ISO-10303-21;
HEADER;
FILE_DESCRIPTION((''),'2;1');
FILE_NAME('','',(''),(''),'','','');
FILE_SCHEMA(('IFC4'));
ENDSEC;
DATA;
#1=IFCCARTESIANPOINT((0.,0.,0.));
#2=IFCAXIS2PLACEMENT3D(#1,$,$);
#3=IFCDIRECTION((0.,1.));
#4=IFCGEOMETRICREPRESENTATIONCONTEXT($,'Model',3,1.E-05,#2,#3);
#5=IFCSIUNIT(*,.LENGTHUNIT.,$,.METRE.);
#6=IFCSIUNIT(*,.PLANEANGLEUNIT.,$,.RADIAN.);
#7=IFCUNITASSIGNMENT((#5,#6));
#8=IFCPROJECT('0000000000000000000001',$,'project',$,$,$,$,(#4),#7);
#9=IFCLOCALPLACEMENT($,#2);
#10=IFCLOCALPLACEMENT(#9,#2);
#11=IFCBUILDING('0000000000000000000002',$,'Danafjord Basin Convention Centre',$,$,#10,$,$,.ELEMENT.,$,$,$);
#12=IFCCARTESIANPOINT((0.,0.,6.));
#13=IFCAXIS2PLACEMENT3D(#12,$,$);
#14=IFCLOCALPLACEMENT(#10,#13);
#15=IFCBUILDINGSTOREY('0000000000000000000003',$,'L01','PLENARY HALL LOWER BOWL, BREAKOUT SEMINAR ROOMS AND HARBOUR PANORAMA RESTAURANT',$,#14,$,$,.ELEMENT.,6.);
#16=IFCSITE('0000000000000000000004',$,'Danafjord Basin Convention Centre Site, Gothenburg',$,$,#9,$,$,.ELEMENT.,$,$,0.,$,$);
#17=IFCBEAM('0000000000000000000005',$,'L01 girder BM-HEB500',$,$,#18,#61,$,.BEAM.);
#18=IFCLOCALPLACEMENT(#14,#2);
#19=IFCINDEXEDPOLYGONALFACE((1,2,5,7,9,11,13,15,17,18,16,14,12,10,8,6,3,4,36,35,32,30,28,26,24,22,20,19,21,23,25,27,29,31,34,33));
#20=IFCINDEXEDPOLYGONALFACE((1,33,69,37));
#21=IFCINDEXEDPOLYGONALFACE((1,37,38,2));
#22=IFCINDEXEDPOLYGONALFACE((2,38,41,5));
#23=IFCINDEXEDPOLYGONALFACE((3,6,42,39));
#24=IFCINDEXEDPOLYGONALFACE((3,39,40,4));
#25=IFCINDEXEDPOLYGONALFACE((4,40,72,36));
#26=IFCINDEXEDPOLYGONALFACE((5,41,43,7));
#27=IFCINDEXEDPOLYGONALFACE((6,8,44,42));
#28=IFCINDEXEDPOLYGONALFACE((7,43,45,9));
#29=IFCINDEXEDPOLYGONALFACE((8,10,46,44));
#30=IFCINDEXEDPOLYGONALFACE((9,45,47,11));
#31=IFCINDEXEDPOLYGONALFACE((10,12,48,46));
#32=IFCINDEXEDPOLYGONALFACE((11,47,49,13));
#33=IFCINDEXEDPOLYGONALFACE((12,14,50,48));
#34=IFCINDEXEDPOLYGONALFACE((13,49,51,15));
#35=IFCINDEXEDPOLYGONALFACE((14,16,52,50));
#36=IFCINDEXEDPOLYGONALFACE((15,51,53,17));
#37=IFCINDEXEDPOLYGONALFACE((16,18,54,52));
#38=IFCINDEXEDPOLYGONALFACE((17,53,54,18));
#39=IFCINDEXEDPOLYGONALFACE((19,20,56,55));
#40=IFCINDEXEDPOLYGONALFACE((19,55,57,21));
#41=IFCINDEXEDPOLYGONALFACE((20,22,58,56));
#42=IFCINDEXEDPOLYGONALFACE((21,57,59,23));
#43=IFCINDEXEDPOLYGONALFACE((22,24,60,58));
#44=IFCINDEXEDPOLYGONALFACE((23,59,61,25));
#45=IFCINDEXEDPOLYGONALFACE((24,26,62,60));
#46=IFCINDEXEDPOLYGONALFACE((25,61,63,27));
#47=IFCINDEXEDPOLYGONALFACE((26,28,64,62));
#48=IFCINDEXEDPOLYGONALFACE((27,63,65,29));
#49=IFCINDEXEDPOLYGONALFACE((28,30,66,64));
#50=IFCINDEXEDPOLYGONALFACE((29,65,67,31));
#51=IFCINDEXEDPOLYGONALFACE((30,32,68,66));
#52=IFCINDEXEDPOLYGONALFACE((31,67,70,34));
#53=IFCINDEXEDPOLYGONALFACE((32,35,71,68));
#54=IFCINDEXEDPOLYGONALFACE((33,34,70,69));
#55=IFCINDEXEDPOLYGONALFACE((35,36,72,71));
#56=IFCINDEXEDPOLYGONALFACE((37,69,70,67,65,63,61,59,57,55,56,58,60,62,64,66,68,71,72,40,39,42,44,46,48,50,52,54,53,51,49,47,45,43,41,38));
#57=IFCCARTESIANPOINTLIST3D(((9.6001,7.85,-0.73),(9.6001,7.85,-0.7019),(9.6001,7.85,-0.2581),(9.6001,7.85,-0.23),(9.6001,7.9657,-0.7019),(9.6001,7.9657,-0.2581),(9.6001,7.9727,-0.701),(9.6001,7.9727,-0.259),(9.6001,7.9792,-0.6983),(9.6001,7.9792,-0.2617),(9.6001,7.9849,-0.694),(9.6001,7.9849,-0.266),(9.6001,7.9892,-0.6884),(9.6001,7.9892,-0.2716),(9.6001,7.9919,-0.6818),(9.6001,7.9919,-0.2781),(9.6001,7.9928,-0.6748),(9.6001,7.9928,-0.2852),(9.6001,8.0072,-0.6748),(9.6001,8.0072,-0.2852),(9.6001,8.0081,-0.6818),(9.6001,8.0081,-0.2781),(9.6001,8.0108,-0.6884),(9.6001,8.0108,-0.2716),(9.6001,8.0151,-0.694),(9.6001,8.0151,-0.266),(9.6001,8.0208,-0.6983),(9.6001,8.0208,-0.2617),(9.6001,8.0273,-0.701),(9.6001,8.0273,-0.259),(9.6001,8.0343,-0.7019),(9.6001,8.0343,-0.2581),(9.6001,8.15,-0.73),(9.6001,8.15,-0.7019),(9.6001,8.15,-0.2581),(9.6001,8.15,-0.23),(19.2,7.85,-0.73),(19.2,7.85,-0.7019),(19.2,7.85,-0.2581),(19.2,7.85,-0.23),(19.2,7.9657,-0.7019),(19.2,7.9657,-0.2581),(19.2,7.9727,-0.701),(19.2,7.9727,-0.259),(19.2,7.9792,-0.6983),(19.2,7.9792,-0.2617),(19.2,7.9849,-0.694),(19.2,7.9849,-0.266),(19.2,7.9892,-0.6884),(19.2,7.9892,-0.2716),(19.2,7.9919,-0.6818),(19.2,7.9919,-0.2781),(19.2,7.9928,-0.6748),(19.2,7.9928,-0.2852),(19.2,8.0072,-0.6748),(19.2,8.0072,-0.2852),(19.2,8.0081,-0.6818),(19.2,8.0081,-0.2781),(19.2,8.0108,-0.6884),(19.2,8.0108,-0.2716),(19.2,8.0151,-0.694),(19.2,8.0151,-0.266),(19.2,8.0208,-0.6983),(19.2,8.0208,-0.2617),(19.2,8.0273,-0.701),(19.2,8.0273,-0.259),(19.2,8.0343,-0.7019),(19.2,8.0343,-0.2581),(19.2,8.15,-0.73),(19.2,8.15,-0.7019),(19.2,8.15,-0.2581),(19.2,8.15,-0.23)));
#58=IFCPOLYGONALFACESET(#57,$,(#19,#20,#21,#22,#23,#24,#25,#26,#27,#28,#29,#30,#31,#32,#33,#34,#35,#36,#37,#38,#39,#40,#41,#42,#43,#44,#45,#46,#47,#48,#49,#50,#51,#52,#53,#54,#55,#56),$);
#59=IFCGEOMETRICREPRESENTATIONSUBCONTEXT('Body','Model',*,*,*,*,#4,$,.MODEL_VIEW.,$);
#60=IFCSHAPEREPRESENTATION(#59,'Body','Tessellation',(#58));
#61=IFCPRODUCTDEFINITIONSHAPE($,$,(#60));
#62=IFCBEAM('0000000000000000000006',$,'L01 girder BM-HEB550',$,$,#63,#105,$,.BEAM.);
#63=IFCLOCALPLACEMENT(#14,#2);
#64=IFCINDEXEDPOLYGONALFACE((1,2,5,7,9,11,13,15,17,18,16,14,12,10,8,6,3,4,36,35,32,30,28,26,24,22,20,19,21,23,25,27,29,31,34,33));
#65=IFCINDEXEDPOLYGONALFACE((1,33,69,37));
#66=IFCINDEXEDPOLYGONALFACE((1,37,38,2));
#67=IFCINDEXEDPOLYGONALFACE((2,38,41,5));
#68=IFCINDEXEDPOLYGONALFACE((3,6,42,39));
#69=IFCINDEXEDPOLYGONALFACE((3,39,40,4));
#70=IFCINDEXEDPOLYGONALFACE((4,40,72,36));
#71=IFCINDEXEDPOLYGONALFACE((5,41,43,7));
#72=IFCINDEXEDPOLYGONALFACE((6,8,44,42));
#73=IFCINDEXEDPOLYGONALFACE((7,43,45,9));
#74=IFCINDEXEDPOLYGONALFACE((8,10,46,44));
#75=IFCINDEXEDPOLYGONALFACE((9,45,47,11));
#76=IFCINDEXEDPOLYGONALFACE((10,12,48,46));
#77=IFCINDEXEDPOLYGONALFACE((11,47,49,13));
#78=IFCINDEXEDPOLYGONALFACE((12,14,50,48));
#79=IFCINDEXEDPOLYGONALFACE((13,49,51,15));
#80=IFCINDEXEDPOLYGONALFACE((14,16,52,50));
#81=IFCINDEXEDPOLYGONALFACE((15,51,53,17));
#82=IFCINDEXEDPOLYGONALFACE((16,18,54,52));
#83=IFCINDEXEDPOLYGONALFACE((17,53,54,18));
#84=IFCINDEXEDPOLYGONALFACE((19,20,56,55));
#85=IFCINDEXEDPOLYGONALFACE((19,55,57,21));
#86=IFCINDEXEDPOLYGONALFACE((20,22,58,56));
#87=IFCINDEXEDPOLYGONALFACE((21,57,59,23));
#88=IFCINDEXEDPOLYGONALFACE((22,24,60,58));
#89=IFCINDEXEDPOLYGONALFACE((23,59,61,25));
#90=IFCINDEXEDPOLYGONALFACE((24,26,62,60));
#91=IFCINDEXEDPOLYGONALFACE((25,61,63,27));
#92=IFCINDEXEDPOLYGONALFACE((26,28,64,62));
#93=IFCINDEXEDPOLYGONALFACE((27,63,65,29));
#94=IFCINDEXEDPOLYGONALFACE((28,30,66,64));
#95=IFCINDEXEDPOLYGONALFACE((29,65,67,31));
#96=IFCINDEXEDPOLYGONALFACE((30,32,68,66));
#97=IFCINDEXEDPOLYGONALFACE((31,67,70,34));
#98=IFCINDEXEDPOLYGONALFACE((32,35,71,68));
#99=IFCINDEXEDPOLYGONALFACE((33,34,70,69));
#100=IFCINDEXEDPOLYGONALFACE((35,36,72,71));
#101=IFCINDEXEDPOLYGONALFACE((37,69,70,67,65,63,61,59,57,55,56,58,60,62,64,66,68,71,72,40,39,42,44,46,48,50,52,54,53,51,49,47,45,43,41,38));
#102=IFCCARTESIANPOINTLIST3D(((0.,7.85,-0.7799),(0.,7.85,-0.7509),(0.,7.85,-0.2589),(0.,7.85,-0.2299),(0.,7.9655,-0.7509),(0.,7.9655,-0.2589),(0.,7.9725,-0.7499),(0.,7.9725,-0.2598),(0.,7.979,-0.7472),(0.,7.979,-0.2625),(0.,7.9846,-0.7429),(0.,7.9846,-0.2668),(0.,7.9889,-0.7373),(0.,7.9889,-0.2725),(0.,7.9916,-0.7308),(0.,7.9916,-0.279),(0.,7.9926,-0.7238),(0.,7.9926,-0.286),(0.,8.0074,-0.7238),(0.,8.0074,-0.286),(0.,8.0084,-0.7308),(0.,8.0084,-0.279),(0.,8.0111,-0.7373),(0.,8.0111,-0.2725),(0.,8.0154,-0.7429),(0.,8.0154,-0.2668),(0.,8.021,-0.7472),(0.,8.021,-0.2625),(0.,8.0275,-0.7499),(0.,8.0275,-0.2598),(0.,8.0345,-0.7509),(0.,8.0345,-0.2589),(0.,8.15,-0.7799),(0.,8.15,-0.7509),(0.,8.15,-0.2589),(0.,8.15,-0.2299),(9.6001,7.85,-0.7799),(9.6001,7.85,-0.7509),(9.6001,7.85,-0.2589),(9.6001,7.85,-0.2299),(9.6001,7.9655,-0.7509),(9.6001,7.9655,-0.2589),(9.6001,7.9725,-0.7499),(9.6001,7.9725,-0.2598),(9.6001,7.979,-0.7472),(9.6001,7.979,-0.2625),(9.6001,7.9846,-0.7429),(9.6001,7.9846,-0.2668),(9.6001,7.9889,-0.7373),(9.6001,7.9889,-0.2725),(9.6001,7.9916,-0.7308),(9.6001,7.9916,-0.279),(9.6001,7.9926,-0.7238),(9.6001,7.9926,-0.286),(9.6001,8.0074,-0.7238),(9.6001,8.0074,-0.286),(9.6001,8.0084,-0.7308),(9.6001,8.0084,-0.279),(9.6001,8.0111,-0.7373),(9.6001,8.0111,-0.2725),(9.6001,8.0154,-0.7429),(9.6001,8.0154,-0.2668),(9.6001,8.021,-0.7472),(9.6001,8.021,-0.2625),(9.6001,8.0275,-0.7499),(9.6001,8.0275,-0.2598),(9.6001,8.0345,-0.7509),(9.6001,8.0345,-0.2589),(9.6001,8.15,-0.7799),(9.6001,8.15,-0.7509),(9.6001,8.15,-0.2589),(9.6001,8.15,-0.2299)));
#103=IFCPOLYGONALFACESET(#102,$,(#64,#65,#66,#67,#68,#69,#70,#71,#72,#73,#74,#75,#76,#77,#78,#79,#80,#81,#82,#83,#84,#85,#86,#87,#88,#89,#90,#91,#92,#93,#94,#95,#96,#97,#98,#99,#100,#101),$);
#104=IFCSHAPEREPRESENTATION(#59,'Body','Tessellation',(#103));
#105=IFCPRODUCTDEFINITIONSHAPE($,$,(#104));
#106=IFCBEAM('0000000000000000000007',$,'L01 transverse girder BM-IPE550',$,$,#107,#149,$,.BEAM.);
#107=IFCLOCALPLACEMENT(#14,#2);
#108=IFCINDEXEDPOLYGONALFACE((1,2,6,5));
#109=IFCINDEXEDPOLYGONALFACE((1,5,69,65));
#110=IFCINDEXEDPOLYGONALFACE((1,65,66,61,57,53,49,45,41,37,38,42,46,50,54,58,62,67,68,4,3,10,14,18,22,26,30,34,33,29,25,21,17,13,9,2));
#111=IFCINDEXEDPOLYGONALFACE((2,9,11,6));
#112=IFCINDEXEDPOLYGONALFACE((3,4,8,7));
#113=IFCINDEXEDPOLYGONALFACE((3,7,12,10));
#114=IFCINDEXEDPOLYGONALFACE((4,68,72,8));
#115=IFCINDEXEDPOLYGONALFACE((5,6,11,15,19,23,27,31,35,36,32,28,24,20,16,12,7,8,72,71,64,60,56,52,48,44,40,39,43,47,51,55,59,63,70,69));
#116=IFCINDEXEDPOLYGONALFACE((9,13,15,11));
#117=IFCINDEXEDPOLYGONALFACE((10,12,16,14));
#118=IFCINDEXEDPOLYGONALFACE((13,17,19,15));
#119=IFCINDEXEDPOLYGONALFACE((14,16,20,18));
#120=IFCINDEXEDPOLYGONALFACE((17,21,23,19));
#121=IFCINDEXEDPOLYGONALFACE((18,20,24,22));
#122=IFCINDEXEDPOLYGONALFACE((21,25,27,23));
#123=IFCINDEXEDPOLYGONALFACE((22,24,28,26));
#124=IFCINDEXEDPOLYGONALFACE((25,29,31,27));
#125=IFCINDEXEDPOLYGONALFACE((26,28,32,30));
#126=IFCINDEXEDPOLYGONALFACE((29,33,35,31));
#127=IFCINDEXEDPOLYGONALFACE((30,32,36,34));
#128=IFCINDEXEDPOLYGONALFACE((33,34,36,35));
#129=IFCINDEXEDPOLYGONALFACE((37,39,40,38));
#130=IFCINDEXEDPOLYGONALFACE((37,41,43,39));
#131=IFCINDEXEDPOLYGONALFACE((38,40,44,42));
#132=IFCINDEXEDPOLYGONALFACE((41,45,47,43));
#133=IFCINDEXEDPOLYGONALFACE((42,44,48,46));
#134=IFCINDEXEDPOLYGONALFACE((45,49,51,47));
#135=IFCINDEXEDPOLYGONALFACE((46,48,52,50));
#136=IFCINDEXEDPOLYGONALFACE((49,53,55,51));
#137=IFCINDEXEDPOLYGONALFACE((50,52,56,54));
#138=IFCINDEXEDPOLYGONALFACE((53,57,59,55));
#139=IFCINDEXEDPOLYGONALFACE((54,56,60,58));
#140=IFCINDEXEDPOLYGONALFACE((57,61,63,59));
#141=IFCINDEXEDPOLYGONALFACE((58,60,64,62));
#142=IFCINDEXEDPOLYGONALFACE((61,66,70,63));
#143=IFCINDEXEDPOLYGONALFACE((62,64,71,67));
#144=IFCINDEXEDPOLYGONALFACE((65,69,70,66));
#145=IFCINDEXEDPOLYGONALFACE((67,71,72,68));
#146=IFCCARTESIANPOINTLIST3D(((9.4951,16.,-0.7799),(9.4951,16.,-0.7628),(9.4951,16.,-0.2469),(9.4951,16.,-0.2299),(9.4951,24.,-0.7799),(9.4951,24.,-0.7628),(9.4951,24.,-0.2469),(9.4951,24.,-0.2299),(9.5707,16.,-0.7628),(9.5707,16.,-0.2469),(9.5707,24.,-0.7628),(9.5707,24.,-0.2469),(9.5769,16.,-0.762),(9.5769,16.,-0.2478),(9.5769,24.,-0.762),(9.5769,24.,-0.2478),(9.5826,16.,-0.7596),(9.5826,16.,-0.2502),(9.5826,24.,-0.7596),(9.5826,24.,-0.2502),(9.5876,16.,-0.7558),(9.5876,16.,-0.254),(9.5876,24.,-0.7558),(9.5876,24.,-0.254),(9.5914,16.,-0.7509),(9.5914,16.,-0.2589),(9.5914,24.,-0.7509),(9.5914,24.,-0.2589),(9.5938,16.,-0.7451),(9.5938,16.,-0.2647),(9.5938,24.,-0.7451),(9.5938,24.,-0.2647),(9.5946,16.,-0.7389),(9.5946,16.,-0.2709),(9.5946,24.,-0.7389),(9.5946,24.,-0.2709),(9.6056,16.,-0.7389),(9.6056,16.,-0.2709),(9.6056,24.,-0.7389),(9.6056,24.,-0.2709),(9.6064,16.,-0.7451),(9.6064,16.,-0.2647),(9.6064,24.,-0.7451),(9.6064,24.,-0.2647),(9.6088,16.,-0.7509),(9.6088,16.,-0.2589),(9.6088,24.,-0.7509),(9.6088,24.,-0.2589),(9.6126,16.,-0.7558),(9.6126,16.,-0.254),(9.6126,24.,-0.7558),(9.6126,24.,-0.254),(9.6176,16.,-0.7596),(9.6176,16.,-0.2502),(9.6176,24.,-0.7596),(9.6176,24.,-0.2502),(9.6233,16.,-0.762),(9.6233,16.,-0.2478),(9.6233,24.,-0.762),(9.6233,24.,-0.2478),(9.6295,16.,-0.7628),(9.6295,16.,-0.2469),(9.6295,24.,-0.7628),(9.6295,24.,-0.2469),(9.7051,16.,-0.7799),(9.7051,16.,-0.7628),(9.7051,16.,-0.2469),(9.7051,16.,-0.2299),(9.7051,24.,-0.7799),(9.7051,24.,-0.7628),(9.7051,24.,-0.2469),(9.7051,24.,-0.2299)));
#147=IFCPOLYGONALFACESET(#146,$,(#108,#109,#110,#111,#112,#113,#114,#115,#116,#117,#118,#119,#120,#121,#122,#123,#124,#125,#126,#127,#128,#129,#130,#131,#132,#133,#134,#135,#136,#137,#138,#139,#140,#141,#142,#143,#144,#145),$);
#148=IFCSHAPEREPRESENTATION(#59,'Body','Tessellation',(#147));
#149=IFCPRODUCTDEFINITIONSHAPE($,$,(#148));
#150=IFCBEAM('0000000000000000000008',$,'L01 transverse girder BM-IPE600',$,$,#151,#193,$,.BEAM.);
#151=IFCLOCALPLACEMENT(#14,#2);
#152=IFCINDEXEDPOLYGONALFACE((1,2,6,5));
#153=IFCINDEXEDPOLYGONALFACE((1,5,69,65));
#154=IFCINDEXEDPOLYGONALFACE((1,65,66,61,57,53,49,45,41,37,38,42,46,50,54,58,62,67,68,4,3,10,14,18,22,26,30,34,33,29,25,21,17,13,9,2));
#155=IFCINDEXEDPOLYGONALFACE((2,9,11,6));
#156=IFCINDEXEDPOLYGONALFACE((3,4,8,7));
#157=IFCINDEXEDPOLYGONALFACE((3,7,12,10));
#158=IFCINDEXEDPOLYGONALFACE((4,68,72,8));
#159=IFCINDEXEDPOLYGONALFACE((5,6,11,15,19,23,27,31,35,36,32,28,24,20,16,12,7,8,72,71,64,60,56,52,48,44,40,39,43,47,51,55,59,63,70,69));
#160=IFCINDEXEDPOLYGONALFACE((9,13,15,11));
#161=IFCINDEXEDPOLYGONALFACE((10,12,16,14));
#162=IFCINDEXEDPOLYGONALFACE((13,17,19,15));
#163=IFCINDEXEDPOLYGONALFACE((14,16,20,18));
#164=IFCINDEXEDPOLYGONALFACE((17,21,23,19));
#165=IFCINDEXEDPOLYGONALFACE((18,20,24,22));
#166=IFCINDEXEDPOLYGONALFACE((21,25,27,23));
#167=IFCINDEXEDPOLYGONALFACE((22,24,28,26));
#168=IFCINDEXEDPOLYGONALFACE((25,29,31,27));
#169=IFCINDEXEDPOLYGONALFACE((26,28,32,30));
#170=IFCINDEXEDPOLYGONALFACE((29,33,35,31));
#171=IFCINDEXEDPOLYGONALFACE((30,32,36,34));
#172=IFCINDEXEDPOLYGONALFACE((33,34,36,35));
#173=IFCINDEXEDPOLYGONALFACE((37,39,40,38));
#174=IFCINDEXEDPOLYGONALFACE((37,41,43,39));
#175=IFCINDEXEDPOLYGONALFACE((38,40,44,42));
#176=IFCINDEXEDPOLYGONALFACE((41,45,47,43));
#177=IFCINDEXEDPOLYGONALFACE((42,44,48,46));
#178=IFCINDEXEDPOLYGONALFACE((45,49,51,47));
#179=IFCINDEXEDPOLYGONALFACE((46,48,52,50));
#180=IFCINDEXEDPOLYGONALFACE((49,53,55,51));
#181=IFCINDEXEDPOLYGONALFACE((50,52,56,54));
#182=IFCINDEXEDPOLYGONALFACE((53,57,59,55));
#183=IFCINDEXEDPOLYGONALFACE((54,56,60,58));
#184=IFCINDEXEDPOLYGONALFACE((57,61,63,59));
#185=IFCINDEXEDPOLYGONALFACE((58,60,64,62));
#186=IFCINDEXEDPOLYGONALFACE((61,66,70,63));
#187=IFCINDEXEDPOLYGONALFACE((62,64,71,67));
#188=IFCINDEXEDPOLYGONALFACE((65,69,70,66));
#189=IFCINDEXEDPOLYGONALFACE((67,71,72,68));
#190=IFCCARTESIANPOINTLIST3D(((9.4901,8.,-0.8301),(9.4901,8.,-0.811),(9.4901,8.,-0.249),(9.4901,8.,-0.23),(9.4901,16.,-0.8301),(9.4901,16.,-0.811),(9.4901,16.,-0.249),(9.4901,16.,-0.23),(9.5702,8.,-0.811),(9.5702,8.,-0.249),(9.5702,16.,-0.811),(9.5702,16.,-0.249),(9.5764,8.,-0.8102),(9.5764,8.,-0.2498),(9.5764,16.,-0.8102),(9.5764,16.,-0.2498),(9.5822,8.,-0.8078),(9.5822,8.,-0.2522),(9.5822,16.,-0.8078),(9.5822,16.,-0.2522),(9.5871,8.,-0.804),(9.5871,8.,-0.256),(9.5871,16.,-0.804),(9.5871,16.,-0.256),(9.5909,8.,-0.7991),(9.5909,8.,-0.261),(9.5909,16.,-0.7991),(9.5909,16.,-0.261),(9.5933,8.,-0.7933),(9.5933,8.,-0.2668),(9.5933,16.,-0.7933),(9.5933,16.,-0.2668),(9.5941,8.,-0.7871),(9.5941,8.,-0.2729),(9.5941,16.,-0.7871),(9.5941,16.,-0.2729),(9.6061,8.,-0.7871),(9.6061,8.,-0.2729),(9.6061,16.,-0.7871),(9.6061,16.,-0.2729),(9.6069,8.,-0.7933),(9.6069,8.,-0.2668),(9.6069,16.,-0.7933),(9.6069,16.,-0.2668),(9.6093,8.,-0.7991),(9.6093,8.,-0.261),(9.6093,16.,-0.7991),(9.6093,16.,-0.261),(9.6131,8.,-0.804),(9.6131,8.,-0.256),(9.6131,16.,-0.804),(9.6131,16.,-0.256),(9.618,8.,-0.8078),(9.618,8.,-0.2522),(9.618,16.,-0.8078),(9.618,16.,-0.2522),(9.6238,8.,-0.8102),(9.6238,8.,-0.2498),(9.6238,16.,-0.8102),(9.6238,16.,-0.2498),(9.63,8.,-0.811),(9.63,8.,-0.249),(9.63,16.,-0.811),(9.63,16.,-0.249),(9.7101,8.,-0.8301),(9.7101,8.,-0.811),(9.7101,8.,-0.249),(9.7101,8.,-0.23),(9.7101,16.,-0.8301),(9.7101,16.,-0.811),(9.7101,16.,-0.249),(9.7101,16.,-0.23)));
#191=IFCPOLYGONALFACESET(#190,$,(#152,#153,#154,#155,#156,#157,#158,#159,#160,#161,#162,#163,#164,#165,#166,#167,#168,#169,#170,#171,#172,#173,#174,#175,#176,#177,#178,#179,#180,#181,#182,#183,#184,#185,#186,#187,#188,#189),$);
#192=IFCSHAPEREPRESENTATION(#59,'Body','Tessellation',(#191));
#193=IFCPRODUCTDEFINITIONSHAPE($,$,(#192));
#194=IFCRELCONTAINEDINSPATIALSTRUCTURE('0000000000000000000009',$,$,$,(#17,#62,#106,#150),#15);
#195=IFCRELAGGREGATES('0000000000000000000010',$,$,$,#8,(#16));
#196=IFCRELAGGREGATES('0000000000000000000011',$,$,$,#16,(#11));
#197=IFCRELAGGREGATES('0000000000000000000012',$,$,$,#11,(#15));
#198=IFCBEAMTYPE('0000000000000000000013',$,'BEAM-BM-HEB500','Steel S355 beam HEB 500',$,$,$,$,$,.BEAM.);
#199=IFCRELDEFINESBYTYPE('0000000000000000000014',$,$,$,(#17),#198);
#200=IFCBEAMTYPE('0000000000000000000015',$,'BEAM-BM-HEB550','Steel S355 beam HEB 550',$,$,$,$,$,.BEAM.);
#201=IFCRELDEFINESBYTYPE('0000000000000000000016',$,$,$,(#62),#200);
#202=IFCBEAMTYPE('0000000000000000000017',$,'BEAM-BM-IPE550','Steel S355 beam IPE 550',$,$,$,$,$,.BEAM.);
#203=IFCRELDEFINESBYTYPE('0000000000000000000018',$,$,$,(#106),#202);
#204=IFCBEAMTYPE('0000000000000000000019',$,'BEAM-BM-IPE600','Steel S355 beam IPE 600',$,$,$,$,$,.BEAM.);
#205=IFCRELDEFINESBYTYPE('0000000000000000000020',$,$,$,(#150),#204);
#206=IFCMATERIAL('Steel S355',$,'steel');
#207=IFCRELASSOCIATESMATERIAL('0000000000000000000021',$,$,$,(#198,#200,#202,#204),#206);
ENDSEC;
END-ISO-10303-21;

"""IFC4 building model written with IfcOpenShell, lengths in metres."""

from ifc_helpers import new_model, si_unit, direction, frame, origin, origin_2d, place, context, subcontext, project, spatial, i_section, extrude, material, material_profile, profile_set, type_object, element, save


model = new_model("IFC4")

# Units and contexts
model_context = context("Model", 3, precision=1e-05, world=origin(), true_north=direction((0.0, 1.0)))
body_context = subcontext(model_context, "Body", "Model", "MODEL_VIEW")
ifc_project = project(units=[si_unit("LENGTHUNIT", "METRE"), si_unit("PLANEANGLEUNIT", "RADIAN")], contexts=[model_context])

# Site, building, storey
site_placement = place(None, origin())
site = spatial("IfcSite", under=ifc_project, at=site_placement, Name="Danafjord Basin Convention Centre Site, Gothenburg", CompositionType="ELEMENT", RefElevation=0.0)
building_placement = place(site_placement, origin())
building = spatial("IfcBuilding", under=site, at=building_placement, Name="Danafjord Basin Convention Centre", CompositionType="ELEMENT")
storey_placement = place(building_placement, frame((0.0, 0.0, 6.0)))
storey = spatial("IfcBuildingStorey", under=building, at=storey_placement, Name="L01", Description="PLENARY HALL LOWER BOWL, BREAKOUT SEMINAR ROOMS AND HARBOUR PANORAMA RESTAURANT", CompositionType="ELEMENT", Elevation=6.0)

# Shared definitions
ifc_material_1 = material(Name="Steel S355", Category="steel")

# Beams
ifc_material_profile_1 = material_profile(ifc_material_1, i_section(OverallWidth=0.3, OverallDepth=0.5, WebThickness=0.0144, FlangeThickness=0.0281, FilletRadius=0.0271, at=origin_2d()), Name="HEB 500")
ifc_profile_set_1 = profile_set([ifc_material_profile_1], Name="Steel S355")
beam_type_1 = type_object("IfcBeamType", Name="BEAM-BM-HEB500", Description="Steel S355 beam HEB 500", PredefinedType="BEAM", material=ifc_profile_set_1)
beam_1_placement = place(storey_placement, frame((9.6001, 8.0, -0.48), z_axis=(1.0, 0.0, 0.0), x_axis=(0.0, 1.0, 0.0)))
element("IfcBeam", 1, at=beam_1_placement, inside=storey, type_object=beam_type_1, Name="L01 girder BM-HEB500", PredefinedType="BEAM", context=body_context, shape_type="SweptSolid", body=[
    extrude(i_section(OverallWidth=0.3, OverallDepth=0.5, WebThickness=0.0144, FlangeThickness=0.0281, FilletRadius=0.0271, at=origin_2d()), origin(), (0.0, 0.0, 1.0), 9.5999),
])
ifc_material_profile_2 = material_profile(ifc_material_1, i_section(OverallWidth=0.3, OverallDepth=0.55, WebThickness=0.0149, FlangeThickness=0.0291, FilletRadius=0.0271, at=origin_2d()), Name="HEB 550")
ifc_profile_set_2 = profile_set([ifc_material_profile_2], Name="Steel S355")
beam_type_2 = type_object("IfcBeamType", Name="BEAM-BM-HEB550", Description="Steel S355 beam HEB 550", PredefinedType="BEAM", material=ifc_profile_set_2)
beam_2_placement = place(storey_placement, frame((0.0, 8.0, -0.5049), z_axis=(1.0, 0.0, 0.0), x_axis=(0.0, 1.0, 0.0)))
element("IfcBeam", 2, at=beam_2_placement, inside=storey, type_object=beam_type_2, Name="L01 girder BM-HEB550", PredefinedType="BEAM", context=body_context, shape_type="SweptSolid", body=[
    extrude(i_section(OverallWidth=0.3, OverallDepth=0.55, WebThickness=0.0149, FlangeThickness=0.0291, FilletRadius=0.0271, at=origin_2d()), origin(), (0.0, 0.0, 1.0), 9.6001),
])
ifc_material_profile_3 = material_profile(ifc_material_1, i_section(OverallWidth=0.21, OverallDepth=0.55, WebThickness=0.011, FlangeThickness=0.0171, FilletRadius=0.0239, at=origin_2d()), Name="IPE 550")
ifc_profile_set_3 = profile_set([ifc_material_profile_3], Name="Steel S355")
beam_type_3 = type_object("IfcBeamType", Name="BEAM-BM-IPE550", Description="Steel S355 beam IPE 550", PredefinedType="BEAM", material=ifc_profile_set_3)
beam_3_placement = place(storey_placement, frame((9.6001, 16.0, -0.5049), z_axis=(0.0, 1.0, 0.0), x_axis=(-1.0, 0.0, 0.0)))
element("IfcBeam", 3, at=beam_3_placement, inside=storey, type_object=beam_type_3, Name="L01 transverse girder BM-IPE550", PredefinedType="BEAM", context=body_context, shape_type="SweptSolid", body=[
    extrude(i_section(OverallWidth=0.21, OverallDepth=0.55, WebThickness=0.011, FlangeThickness=0.0171, FilletRadius=0.0239, at=origin_2d()), origin(), (0.0, 0.0, 1.0), 8.0),
])
ifc_material_profile_4 = material_profile(ifc_material_1, i_section(OverallWidth=0.22, OverallDepth=0.6001, WebThickness=0.012, FlangeThickness=0.019, FilletRadius=0.0239, at=origin_2d()), Name="IPE 600")
ifc_profile_set_4 = profile_set([ifc_material_profile_4], Name="Steel S355")
beam_type_4 = type_object("IfcBeamType", Name="BEAM-BM-IPE600", Description="Steel S355 beam IPE 600", PredefinedType="BEAM", material=ifc_profile_set_4)
beam_4_placement = place(storey_placement, frame((9.6001, 8.0, -0.53), z_axis=(0.0, 1.0, 0.0), x_axis=(-1.0, 0.0, 0.0)))
element("IfcBeam", 4, at=beam_4_placement, inside=storey, type_object=beam_type_4, Name="L01 transverse girder BM-IPE600", PredefinedType="BEAM", context=body_context, shape_type="SweptSolid", body=[
    extrude(i_section(OverallWidth=0.22, OverallDepth=0.6001, WebThickness=0.012, FlangeThickness=0.019, FilletRadius=0.0239, at=origin_2d()), origin(), (0.0, 0.0, 1.0), 8.0),
])

save(model, "model.ifc")
